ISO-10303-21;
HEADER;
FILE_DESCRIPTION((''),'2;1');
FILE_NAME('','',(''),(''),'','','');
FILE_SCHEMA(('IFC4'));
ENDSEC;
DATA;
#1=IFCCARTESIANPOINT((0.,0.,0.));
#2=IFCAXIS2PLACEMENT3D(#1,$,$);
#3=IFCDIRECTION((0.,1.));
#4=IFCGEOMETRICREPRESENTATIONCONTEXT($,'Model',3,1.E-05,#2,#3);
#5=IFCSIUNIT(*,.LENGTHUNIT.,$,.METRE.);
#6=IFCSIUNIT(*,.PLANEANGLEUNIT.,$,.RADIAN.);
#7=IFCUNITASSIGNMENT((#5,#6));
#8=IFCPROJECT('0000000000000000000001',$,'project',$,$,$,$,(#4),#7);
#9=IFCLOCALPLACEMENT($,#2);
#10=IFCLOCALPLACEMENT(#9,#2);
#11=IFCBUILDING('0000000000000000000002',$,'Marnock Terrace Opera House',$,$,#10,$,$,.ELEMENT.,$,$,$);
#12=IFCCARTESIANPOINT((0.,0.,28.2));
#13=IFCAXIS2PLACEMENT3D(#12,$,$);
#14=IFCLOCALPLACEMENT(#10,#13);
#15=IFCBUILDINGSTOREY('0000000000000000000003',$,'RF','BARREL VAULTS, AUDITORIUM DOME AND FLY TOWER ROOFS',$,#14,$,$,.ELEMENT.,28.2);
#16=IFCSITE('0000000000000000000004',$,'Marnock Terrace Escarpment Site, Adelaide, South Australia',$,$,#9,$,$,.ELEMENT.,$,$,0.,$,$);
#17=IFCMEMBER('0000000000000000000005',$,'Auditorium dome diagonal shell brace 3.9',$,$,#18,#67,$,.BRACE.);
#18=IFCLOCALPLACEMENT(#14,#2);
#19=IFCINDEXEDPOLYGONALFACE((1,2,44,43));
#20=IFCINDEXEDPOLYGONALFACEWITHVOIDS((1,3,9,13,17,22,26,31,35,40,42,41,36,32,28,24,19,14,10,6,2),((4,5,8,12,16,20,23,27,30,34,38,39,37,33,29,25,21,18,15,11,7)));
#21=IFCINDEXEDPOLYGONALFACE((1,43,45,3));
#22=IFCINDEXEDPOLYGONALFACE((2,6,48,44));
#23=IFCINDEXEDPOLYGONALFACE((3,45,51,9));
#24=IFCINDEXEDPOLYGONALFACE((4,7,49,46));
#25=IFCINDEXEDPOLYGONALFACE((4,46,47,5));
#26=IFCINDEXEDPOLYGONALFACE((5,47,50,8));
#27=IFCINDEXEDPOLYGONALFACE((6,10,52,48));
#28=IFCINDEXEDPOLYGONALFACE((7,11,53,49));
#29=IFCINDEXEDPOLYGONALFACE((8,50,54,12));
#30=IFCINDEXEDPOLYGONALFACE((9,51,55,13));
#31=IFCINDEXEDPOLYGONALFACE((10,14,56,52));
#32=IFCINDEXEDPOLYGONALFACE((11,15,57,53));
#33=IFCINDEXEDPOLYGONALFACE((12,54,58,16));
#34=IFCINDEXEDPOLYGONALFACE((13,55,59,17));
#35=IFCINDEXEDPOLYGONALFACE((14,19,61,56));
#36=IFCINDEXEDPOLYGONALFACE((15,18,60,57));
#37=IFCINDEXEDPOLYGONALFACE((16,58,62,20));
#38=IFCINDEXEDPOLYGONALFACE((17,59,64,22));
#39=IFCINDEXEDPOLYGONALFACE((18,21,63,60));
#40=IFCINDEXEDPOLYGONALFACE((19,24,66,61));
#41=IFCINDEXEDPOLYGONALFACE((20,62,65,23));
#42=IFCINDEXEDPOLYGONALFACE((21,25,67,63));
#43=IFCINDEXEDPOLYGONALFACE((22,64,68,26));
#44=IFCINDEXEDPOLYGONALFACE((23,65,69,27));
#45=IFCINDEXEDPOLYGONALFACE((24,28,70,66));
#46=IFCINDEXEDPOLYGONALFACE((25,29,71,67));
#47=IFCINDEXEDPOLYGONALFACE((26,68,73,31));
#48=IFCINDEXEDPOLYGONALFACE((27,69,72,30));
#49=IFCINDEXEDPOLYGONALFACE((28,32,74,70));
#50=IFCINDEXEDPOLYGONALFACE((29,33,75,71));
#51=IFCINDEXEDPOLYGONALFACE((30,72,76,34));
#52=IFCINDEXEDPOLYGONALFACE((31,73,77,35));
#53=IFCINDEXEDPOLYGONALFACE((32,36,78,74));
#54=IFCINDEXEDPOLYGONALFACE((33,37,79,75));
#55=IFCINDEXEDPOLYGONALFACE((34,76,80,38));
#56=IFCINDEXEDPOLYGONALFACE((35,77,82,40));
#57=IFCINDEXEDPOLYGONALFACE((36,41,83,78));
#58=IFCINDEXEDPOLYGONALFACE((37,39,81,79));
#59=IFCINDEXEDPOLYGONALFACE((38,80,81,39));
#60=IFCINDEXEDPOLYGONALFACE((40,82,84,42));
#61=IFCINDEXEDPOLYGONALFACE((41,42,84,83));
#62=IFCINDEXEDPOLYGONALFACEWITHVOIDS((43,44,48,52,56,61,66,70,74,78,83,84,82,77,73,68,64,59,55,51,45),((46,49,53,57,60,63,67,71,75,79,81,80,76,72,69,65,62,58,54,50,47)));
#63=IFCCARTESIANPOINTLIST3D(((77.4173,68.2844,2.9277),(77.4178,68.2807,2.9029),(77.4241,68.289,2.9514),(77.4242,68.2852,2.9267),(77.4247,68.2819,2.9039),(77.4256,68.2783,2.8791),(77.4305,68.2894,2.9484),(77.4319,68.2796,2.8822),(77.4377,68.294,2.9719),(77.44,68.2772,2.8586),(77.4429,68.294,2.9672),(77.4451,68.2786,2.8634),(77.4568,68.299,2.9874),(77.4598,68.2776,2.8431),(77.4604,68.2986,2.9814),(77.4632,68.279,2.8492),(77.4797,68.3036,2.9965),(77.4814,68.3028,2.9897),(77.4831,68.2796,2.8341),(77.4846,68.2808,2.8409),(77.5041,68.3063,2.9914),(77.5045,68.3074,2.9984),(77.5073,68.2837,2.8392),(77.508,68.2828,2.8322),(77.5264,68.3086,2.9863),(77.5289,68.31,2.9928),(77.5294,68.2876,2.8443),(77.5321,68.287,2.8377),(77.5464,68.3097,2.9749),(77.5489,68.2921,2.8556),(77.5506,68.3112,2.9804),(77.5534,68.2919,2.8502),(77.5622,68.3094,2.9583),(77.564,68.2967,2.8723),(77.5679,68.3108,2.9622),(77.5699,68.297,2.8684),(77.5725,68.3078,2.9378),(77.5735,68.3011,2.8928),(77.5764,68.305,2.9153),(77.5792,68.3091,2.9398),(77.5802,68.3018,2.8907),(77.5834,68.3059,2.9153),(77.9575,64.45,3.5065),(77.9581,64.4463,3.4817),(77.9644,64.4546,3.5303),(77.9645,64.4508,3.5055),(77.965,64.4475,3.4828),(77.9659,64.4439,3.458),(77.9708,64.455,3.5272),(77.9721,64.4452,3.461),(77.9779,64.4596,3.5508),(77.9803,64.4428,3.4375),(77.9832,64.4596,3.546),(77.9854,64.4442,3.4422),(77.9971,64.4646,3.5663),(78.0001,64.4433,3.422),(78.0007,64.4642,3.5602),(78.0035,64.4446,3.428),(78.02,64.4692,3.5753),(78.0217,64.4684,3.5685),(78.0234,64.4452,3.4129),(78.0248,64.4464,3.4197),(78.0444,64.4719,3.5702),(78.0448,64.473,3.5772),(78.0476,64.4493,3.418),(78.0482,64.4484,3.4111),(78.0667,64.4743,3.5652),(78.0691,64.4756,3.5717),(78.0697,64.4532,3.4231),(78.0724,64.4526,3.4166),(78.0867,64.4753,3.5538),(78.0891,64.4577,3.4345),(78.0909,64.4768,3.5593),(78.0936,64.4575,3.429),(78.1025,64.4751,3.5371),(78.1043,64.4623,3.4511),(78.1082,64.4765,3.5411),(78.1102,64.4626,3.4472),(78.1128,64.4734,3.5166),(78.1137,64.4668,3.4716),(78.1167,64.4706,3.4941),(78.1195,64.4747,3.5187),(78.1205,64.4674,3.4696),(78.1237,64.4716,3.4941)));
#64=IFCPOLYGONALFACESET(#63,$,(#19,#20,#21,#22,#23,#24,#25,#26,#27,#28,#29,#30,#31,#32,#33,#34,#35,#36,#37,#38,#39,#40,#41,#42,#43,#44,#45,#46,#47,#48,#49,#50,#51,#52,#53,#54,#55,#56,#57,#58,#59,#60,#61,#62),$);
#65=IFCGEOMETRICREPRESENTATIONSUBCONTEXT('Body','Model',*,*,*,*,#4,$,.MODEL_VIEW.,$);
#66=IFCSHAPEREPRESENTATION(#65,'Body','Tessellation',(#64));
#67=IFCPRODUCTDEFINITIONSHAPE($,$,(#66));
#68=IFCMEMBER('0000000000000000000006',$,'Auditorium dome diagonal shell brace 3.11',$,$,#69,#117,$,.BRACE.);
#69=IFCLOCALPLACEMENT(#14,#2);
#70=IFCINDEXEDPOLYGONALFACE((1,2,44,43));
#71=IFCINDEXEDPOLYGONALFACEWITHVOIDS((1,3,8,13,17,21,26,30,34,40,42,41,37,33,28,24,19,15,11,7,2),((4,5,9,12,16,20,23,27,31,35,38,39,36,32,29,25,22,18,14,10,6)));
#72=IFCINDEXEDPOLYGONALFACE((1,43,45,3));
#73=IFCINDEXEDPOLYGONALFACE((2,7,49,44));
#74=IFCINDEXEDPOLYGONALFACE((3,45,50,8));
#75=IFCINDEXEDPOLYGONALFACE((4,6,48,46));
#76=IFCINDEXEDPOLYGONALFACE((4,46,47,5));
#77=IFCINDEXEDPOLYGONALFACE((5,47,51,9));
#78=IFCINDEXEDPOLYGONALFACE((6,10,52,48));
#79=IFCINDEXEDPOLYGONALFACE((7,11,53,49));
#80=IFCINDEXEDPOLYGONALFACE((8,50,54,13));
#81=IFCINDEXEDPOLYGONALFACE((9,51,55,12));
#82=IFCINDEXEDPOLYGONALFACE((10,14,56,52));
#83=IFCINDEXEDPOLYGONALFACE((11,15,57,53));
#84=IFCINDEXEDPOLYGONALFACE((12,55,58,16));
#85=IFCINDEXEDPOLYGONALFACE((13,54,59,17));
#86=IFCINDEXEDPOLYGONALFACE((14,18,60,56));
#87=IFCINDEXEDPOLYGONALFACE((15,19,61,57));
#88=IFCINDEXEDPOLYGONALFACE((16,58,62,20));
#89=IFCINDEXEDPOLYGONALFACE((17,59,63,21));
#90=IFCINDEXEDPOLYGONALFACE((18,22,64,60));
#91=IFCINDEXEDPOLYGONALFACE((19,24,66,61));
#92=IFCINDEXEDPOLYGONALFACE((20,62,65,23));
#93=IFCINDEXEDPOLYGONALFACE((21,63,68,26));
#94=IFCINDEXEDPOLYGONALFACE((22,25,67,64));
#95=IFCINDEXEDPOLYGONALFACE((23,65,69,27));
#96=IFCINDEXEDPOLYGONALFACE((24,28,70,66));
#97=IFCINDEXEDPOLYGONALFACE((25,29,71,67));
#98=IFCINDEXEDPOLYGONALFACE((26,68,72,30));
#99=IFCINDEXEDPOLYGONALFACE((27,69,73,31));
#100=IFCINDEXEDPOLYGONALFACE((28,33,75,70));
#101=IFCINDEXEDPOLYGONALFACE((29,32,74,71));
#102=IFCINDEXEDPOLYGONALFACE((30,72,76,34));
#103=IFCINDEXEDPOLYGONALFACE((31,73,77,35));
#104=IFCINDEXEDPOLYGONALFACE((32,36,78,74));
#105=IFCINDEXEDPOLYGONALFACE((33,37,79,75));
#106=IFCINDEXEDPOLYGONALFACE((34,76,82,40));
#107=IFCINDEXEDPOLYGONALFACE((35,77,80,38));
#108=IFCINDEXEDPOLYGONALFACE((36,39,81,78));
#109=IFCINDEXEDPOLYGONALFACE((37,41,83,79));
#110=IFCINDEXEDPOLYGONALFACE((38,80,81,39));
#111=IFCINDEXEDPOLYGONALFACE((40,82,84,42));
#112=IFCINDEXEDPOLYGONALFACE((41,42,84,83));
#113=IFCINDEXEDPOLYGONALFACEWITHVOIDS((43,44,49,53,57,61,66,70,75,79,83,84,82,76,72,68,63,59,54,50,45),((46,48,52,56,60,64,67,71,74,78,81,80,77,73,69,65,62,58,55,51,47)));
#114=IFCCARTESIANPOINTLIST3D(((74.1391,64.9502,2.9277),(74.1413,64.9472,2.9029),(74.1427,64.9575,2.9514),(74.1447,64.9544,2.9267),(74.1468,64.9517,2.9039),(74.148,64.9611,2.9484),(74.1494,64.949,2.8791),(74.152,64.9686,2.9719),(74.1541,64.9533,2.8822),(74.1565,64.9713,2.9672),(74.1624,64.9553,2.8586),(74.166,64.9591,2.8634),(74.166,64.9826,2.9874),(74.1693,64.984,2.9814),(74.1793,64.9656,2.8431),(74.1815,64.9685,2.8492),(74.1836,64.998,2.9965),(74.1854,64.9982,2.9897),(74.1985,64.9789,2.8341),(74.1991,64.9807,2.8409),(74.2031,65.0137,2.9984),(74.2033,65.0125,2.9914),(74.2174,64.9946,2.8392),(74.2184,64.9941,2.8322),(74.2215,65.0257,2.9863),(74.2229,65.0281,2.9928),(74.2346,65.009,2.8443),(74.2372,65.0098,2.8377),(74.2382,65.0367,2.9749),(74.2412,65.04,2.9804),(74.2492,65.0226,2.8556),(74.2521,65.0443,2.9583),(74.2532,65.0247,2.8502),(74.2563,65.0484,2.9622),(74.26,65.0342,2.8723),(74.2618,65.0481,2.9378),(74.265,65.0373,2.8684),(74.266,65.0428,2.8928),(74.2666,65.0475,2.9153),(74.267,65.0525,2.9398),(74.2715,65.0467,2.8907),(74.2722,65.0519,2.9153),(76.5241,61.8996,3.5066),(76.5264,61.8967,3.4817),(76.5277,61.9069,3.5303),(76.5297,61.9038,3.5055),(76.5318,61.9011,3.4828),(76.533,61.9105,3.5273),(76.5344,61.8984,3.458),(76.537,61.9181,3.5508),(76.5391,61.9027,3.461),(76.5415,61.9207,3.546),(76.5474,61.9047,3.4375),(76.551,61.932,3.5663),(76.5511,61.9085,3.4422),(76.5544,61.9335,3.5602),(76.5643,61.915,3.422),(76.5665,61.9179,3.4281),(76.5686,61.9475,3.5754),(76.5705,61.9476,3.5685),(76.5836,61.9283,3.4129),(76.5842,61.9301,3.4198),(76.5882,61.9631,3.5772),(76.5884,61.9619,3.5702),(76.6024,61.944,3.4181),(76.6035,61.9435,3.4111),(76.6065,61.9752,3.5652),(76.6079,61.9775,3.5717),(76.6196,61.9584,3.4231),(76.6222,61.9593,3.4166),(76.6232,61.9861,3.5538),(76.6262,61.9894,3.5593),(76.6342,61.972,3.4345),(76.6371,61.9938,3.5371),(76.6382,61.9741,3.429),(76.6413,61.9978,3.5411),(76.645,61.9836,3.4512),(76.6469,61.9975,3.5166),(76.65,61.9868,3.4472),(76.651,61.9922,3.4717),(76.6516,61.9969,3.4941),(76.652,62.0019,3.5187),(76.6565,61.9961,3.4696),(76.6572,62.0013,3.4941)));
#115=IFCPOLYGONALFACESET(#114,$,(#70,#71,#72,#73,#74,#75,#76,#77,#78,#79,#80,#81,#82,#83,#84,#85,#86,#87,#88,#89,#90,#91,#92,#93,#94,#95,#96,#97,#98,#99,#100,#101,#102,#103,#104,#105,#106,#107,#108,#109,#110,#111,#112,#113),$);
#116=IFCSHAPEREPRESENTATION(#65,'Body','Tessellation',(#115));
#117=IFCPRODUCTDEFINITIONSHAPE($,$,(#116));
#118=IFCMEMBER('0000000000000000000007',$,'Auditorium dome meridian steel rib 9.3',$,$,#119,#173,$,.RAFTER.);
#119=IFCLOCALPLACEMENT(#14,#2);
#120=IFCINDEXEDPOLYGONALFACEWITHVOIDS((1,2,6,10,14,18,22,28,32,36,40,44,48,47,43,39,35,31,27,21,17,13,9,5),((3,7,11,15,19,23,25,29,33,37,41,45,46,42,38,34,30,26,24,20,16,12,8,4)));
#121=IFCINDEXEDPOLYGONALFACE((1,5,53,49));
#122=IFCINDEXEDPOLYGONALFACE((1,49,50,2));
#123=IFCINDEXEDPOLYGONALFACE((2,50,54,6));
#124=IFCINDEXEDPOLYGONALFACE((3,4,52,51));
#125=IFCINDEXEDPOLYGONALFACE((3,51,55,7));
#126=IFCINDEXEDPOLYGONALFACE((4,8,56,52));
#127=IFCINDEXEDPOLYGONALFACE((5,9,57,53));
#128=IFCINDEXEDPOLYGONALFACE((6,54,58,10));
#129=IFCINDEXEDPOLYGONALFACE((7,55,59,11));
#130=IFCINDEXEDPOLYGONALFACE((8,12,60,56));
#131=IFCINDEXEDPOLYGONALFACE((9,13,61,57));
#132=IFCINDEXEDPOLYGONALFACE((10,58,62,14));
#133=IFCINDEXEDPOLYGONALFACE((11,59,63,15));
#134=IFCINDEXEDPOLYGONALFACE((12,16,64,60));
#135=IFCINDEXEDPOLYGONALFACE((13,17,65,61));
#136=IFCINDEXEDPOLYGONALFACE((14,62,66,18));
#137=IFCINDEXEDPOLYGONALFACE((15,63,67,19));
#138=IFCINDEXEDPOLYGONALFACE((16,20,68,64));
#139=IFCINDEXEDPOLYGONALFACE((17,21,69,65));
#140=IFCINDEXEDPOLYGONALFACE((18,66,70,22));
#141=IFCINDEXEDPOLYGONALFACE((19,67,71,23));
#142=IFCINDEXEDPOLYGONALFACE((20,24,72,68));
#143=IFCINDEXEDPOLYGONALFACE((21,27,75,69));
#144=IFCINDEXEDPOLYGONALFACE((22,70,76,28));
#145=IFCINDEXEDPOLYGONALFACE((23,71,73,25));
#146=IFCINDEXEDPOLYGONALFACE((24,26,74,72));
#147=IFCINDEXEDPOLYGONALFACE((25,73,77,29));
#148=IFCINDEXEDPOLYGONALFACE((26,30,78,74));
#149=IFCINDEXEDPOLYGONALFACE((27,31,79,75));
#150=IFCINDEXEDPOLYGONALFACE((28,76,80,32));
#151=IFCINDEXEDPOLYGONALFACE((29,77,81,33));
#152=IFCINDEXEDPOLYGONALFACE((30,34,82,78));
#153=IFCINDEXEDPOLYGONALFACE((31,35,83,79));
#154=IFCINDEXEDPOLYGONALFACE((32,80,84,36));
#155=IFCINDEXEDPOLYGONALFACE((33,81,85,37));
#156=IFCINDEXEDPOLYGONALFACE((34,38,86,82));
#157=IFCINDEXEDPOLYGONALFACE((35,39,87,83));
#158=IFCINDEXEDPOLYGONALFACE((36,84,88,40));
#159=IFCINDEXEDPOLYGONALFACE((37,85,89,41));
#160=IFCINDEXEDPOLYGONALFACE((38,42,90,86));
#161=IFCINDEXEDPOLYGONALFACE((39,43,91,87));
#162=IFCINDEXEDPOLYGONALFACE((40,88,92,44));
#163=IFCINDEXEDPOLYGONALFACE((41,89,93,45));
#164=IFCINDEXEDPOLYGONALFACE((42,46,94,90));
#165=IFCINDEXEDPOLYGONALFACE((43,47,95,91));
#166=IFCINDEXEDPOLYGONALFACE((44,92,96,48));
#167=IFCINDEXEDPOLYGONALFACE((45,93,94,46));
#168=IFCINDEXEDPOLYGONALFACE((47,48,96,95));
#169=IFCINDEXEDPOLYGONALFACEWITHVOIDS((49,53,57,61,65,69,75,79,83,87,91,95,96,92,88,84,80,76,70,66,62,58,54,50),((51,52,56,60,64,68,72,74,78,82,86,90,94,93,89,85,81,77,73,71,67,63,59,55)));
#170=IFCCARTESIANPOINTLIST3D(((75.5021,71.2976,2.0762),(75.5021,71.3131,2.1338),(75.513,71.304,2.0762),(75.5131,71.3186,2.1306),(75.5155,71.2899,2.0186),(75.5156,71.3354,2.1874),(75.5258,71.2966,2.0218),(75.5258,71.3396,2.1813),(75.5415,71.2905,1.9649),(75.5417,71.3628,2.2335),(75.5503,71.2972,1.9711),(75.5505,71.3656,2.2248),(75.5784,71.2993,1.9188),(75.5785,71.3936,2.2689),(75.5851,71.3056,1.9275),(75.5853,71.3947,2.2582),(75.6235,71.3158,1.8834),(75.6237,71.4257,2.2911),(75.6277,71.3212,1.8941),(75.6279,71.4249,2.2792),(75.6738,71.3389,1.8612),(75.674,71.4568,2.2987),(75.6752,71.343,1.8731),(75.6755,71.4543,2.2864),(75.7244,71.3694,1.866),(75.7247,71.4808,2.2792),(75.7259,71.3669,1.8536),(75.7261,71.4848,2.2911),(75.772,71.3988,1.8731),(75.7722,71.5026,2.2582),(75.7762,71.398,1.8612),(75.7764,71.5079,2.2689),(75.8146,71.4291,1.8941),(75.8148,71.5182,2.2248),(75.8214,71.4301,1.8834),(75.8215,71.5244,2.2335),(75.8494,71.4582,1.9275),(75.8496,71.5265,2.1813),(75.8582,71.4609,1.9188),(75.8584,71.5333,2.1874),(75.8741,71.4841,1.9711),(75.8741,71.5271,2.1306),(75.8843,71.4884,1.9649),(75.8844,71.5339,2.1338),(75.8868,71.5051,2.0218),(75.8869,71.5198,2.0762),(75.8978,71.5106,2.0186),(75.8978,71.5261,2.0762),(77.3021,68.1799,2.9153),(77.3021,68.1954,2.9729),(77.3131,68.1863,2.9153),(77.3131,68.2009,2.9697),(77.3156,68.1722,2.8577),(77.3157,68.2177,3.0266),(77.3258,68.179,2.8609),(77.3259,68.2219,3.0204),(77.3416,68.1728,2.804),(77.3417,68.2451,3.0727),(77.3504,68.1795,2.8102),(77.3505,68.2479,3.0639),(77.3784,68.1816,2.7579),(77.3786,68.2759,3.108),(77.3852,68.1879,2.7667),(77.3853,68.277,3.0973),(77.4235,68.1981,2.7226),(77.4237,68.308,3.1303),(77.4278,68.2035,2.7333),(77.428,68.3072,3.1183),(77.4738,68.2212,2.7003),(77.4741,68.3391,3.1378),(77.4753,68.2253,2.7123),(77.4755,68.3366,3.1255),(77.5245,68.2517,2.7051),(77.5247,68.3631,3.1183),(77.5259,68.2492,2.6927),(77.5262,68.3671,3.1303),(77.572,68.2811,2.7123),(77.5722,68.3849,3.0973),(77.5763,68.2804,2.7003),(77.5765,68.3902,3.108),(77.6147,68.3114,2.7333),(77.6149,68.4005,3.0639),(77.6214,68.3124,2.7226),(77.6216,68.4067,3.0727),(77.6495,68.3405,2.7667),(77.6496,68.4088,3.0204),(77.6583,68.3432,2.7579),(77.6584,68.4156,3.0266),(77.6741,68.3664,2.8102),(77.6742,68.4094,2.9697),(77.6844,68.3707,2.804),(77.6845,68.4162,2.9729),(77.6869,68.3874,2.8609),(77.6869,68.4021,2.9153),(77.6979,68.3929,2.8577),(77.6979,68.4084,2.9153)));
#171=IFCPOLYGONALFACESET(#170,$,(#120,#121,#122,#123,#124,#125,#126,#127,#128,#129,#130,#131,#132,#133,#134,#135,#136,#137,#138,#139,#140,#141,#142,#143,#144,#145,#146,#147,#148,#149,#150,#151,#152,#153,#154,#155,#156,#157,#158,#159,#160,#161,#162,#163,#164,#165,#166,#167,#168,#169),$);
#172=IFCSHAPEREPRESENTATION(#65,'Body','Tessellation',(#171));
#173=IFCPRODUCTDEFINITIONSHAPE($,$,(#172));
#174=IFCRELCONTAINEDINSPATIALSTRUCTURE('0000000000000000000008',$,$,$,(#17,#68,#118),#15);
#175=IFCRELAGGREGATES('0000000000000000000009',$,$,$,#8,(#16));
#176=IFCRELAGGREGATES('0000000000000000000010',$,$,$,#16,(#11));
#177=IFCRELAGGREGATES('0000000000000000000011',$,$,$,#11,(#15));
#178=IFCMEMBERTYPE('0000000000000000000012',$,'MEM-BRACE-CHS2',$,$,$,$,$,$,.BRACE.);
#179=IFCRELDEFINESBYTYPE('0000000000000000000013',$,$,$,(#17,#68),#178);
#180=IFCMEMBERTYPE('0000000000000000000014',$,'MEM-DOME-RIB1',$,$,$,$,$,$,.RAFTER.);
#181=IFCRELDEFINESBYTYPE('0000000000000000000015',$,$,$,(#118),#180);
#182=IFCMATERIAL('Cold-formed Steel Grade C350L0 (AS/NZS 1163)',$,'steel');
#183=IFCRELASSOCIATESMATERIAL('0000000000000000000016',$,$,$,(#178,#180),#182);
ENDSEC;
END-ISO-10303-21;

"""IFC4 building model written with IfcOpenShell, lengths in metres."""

from ifc_helpers import new_model, si_unit, direction, frame, origin, origin_2d, place, context, subcontext, project, spatial, hollow_circle, extrude, material, material_profile, profile_set, type_object, element, save


model = new_model("IFC4")

# Units and contexts
model_context = context("Model", 3, precision=1e-05, world=origin(), true_north=direction((0.0, 1.0)))
body_context = subcontext(model_context, "Body", "Model", "MODEL_VIEW")
ifc_project = project(units=[si_unit("LENGTHUNIT", "METRE"), si_unit("PLANEANGLEUNIT", "RADIAN")], contexts=[model_context])

# Site, building, storey
site_placement = place(None, origin())
site = spatial("IfcSite", under=ifc_project, at=site_placement, Name="Marnock Terrace Escarpment Site, Adelaide, South Australia", CompositionType="ELEMENT", RefElevation=0.0)
building_placement = place(site_placement, origin())
building = spatial("IfcBuilding", under=site, at=building_placement, Name="Marnock Terrace Opera House", CompositionType="ELEMENT")
storey_placement = place(building_placement, frame((0.0, 0.0, 28.2)))
storey = spatial("IfcBuildingStorey", under=building, at=storey_placement, Name="RF", Description="BARREL VAULTS, AUDITORIUM DOME AND FLY TOWER ROOFS", CompositionType="ELEMENT", Elevation=28.2)

# Members
ifc_material_1 = material(Name="Cold-formed Steel Grade C350L0 (AS/NZS 1163)", Category="steel")
ifc_material_profile_1 = material_profile(ifc_material_1, hollow_circle(Radius=0.0842, WallThickness=0.0071, at=origin_2d()))
ifc_profile_set_1 = profile_set([ifc_material_profile_1], Name="Cold-formed Steel Grade C350L0 (AS/NZS 1163)")
member_type_1 = type_object("IfcMemberType", Name="MEM-BRACE-CHS2", PredefinedType="BRACE", material=ifc_profile_set_1)
for number, where, z_axis, x_axis, name in (
    (1, (77.5, 68.2942, 2.9153), (0.13799, -0.979337, 0.147842), (0.990219, 0.139523, 0.0), "Auditorium dome diagonal shell brace 3.9"),
    (2, (74.2058, 65.0, 2.9153), (0.60916, -0.779144, 0.147847), (0.787802, 0.615929, 0.0), "Auditorium dome diagonal shell brace 3.11"),
):
    element("IfcMember", number, at=place(storey_placement, frame(where, z_axis=z_axis, x_axis=x_axis)), inside=storey, type_object=member_type_1, Name=name, PredefinedType="BRACE", context=body_context, shape_type="SweptSolid", body=[
        extrude(hollow_circle(Radius=0.0842, WallThickness=0.0071, at=origin_2d()), origin(), (0.0, 0.0, 1.0), 3.9153),
    ])
ifc_material_profile_2 = material_profile(ifc_material_1, hollow_circle(Radius=0.2285, WallThickness=0.0127, at=origin_2d()))
ifc_profile_set_2 = profile_set([ifc_material_profile_2], Name="Cold-formed Steel Grade C350L0 (AS/NZS 1163)")
member_type_2 = type_object("IfcMemberType", Name="MEM-DOME-RIB1", PredefinedType="RAFTER", material=ifc_profile_set_2)
member_1_placement = place(storey_placement, frame((75.7, 71.4119, 2.0762), z_axis=(0.486959, -0.843411, 0.227001), x_axis=(0.866018, 0.500012, 0.0)))
element("IfcMember", 3, at=member_1_placement, inside=storey, type_object=member_type_2, Name="Auditorium dome meridian steel rib 9.3", PredefinedType="RAFTER", context=body_context, shape_type="SweptSolid", body=[
    extrude(hollow_circle(Radius=0.2285, WallThickness=0.0127, at=origin_2d()), origin(), (0.0, 0.0, 1.0), 3.6965),
])

save(model, "model.ifc")
